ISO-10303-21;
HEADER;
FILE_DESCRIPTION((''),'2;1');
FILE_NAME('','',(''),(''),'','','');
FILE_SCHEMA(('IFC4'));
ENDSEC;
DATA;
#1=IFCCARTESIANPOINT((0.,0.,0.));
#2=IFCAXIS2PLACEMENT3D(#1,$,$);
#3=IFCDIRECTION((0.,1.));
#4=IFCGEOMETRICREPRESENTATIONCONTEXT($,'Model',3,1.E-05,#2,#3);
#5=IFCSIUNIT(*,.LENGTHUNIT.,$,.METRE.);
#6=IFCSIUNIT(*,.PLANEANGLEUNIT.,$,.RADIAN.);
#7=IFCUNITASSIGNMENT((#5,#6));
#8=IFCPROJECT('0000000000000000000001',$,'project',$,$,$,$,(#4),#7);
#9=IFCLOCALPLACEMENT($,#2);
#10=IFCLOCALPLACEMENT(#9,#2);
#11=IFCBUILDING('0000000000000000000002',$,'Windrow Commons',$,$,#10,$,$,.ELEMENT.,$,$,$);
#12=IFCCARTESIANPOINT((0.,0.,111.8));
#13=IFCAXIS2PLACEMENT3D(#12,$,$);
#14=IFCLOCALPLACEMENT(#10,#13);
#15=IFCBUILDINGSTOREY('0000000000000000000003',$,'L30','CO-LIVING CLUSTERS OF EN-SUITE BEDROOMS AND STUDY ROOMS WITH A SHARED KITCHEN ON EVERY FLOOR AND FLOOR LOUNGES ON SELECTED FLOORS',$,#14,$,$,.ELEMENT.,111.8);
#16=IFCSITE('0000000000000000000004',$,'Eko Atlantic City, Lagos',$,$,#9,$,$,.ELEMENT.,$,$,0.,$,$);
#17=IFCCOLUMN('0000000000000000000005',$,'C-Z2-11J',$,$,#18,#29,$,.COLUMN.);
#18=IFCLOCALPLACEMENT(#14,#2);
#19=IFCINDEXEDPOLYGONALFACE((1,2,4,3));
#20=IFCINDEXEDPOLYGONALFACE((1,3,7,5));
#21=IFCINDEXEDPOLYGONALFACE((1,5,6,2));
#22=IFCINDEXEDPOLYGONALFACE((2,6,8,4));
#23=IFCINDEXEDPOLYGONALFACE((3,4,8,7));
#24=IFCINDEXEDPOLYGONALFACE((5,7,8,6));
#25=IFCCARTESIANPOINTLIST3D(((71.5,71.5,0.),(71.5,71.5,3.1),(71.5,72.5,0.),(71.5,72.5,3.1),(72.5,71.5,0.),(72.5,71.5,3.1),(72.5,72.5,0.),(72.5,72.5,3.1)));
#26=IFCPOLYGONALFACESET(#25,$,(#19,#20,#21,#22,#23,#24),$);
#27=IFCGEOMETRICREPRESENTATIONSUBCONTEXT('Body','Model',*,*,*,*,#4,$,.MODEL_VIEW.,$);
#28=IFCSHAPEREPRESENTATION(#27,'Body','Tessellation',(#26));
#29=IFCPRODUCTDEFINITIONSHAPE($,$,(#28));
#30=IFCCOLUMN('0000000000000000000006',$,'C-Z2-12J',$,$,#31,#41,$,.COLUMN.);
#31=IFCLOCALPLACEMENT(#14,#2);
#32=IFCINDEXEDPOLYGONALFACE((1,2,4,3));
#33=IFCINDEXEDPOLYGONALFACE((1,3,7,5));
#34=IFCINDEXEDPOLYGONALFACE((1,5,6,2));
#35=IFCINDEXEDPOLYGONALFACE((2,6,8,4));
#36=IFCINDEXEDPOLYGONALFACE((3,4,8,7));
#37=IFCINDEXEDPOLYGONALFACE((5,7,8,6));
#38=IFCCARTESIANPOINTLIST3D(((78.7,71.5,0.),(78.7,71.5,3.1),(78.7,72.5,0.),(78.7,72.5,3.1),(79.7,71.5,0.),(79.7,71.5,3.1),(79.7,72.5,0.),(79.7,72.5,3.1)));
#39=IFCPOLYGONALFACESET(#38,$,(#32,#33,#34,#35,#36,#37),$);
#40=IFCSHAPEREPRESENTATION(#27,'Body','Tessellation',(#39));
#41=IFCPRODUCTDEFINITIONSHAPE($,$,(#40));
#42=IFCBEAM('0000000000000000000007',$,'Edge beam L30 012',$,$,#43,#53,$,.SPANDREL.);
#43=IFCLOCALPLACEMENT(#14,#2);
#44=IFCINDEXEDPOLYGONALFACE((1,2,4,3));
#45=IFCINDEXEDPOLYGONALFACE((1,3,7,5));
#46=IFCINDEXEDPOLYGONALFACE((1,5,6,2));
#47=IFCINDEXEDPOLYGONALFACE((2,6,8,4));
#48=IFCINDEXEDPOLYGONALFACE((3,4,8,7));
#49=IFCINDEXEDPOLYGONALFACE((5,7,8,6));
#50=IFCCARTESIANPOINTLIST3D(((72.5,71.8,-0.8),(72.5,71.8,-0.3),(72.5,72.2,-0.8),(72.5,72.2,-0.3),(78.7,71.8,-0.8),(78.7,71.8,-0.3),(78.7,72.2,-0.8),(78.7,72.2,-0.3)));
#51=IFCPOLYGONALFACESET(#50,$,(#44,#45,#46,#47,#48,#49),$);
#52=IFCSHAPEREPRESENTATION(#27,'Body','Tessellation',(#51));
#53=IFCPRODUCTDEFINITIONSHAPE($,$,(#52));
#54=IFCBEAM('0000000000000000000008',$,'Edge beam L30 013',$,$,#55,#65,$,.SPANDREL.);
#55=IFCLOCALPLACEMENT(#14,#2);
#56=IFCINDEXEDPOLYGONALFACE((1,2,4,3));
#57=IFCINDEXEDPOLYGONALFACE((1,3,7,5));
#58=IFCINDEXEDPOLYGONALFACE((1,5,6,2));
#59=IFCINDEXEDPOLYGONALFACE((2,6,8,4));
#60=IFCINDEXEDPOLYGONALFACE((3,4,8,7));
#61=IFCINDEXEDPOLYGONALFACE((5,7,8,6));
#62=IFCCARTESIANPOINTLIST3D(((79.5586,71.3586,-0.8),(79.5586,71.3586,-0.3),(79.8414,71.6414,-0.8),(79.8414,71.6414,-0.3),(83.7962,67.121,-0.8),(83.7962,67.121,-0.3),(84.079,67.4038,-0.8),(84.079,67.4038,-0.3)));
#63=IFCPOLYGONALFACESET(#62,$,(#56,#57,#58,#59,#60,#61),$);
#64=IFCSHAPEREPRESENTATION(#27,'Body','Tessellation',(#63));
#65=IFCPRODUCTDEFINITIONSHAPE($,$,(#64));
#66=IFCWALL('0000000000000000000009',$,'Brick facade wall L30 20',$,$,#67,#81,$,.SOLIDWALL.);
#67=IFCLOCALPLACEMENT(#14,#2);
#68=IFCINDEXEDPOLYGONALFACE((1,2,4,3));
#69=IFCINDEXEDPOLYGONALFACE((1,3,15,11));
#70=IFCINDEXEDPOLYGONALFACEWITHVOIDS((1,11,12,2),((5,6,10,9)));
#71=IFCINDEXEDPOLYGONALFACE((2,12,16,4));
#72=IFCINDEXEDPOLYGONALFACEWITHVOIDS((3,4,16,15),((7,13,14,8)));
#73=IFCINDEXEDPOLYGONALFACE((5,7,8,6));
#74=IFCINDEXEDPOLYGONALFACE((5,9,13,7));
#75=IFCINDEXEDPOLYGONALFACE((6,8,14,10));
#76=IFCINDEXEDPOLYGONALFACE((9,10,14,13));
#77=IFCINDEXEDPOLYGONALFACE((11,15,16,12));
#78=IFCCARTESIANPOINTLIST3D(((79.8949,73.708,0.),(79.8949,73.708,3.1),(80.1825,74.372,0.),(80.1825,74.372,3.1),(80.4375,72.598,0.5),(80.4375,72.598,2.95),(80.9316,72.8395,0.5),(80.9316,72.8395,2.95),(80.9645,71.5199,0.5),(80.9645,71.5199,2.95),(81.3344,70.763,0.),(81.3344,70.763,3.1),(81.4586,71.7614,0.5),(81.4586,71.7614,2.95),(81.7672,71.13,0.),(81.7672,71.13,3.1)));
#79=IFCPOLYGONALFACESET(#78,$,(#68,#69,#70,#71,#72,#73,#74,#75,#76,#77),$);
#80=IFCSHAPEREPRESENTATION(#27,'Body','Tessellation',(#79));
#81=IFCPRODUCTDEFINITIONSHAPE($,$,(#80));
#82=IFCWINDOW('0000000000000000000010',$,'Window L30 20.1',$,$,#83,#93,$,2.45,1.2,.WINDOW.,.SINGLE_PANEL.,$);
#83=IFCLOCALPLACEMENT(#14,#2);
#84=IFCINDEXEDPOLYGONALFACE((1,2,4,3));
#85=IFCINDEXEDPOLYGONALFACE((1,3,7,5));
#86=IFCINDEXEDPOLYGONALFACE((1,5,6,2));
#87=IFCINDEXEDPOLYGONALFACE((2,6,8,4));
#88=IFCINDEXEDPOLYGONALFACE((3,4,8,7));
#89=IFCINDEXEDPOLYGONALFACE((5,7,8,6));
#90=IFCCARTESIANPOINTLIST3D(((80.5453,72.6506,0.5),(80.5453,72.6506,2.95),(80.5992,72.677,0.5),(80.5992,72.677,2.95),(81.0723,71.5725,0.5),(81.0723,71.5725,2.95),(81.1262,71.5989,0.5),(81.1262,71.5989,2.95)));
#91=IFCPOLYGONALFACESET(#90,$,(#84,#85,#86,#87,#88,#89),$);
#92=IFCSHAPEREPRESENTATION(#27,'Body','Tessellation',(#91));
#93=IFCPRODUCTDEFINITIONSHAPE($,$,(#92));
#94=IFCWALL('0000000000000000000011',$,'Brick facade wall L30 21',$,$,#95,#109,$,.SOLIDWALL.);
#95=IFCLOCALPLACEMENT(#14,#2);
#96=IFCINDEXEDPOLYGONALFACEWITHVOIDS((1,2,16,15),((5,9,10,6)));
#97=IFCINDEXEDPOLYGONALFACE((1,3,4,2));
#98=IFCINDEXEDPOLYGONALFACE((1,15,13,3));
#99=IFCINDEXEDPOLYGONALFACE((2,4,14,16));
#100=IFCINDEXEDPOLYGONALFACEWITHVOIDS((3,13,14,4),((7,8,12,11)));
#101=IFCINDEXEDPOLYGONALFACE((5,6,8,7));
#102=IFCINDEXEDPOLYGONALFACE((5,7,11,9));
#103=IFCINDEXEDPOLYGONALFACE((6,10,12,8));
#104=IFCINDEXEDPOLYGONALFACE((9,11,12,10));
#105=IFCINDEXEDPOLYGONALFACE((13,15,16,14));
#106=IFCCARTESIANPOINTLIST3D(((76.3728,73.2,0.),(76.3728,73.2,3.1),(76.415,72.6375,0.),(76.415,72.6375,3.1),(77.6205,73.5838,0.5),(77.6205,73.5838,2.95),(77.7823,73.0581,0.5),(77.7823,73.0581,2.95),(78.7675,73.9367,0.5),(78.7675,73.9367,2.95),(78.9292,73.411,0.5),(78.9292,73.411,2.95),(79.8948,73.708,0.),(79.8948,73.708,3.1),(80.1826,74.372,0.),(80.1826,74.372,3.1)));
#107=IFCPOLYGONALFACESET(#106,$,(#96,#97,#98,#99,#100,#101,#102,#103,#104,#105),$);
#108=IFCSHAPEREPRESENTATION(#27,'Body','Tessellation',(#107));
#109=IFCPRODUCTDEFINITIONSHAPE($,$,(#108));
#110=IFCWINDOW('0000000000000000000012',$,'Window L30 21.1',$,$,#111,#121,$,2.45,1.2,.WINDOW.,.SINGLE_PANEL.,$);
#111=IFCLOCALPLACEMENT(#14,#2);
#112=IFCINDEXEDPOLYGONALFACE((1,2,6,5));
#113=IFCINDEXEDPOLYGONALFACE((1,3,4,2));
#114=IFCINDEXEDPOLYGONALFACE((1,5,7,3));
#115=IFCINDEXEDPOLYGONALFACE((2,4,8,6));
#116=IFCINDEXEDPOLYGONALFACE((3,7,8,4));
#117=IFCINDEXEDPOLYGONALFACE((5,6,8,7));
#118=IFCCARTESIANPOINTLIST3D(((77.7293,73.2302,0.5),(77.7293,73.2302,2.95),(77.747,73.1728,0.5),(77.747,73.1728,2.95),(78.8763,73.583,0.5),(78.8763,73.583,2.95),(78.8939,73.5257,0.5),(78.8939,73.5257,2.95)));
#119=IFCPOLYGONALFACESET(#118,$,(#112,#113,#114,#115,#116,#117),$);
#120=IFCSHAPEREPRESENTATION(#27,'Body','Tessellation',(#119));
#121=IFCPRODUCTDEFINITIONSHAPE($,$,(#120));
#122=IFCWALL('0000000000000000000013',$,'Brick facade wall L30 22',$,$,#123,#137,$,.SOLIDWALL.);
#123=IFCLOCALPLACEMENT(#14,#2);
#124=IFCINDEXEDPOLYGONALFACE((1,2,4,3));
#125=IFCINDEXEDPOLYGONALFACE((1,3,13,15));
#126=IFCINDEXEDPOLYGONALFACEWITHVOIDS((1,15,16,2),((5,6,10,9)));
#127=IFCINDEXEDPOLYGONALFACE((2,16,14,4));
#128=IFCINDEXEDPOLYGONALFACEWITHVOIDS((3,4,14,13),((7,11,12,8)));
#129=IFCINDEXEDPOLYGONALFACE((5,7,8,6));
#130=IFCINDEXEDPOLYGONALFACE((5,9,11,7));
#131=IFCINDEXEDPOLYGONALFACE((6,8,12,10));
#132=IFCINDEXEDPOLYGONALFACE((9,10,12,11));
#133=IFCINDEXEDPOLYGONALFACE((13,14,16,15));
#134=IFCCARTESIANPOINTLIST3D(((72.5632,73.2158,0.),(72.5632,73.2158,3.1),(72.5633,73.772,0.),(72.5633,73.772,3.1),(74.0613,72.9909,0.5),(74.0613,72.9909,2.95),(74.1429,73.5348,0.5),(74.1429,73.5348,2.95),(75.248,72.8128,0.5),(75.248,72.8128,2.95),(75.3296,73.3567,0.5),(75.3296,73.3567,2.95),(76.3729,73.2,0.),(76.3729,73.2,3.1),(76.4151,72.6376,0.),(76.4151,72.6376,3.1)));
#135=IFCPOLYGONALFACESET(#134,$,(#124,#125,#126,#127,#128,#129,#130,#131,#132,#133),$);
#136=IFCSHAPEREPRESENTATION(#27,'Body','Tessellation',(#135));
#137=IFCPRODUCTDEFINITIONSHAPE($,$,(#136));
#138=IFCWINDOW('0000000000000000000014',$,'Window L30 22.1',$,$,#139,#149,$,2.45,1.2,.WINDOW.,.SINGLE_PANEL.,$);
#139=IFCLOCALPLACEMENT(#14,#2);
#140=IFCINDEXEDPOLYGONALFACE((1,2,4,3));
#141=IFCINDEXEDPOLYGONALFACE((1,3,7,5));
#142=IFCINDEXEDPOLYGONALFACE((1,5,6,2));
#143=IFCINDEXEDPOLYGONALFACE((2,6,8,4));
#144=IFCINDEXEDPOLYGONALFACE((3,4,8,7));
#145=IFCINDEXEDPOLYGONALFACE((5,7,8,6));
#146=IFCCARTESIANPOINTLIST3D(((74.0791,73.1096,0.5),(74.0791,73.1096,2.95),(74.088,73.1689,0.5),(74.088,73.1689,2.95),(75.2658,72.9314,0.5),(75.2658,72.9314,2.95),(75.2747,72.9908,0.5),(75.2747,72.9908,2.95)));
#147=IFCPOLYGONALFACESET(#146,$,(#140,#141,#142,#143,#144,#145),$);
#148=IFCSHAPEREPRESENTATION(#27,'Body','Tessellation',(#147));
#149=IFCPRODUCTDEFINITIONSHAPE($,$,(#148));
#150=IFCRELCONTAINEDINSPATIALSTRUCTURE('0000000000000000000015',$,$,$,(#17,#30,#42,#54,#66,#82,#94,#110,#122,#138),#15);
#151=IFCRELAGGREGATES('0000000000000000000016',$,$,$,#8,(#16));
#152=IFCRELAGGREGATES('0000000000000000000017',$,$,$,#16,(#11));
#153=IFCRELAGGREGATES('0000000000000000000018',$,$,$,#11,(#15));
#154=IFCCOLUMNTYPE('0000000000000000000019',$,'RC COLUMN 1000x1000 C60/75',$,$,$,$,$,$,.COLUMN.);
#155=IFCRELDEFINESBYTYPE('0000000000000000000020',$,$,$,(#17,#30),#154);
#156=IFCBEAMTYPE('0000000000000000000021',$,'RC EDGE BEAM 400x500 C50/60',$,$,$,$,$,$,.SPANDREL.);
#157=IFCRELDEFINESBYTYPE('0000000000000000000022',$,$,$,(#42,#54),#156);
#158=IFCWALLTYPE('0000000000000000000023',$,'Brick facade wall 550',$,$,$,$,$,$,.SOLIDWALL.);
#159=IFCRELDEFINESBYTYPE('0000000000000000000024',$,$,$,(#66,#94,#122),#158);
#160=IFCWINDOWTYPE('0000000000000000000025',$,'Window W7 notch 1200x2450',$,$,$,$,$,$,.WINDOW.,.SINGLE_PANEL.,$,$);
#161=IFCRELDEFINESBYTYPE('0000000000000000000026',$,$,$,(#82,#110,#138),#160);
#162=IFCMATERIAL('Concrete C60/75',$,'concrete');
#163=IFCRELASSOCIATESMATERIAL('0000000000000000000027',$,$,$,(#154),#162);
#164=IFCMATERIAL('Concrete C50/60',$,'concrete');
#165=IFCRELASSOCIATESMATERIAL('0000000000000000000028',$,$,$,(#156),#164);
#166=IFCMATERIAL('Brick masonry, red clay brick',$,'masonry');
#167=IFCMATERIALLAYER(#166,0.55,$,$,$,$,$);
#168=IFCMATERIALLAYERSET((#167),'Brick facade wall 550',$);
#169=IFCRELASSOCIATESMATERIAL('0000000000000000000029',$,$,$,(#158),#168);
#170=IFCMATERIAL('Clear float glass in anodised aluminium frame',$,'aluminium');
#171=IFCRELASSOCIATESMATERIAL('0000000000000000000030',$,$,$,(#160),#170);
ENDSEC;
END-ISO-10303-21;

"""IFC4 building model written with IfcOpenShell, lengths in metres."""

from ifc_helpers import new_model, si_unit, direction, frame, frame_2d, origin, origin_2d, place, context, subcontext, project, spatial, polyline, rectangle, outline, extrude, material, layer, layer_set, material_profile, profile_set, type_object, element, fill, save


model = new_model("IFC4")

# Units and contexts
model_context = context("Model", 3, precision=1e-05, world=origin(), true_north=direction((0.0, 1.0)))
body_context = subcontext(model_context, "Body", "Model", "MODEL_VIEW")
ifc_project = project(units=[si_unit("LENGTHUNIT", "METRE"), si_unit("PLANEANGLEUNIT", "RADIAN")], contexts=[model_context])

# Site, building, storey
site_placement = place(None, origin())
site = spatial("IfcSite", under=ifc_project, at=site_placement, Name="Eko Atlantic City, Lagos", CompositionType="ELEMENT", RefElevation=0.0)
building_placement = place(site_placement, origin())
building = spatial("IfcBuilding", under=site, at=building_placement, Name="Windrow Commons", CompositionType="ELEMENT")
storey_placement = place(building_placement, frame((0.0, 0.0, 111.8)))
storey = spatial("IfcBuildingStorey", under=building, at=storey_placement, Name="L30", Description="CO-LIVING CLUSTERS OF EN-SUITE BEDROOMS AND STUDY ROOMS WITH A SHARED KITCHEN ON EVERY FLOOR AND FLOOR LOUNGES ON SELECTED FLOORS", CompositionType="ELEMENT", Elevation=111.8)

# Columns
ifc_material_1 = material(Name="Concrete C60/75", Category="concrete")
ifc_material_profile_1 = material_profile(ifc_material_1, rectangle(XDim=1.0, YDim=1.0, at=origin_2d()))
ifc_profile_set_1 = profile_set([ifc_material_profile_1], Name="Concrete C60/75")
column_type = type_object("IfcColumnType", Name="RC COLUMN 1000x1000 C60/75", PredefinedType="COLUMN", material=ifc_profile_set_1)
for number, where, z_axis, x_axis, name in (
    (1, (72.0, 72.0, 0.0), (0.0, 0.0, 1.0), (1.0, 0.0, 0.0), "C-Z2-11J"),
    (2, (79.2, 72.0, 0.0), (0.0, 0.0, 1.0), (1.0, 0.0, 0.0), "C-Z2-12J"),
):
    element("IfcColumn", number, at=place(storey_placement, frame(where, z_axis=z_axis, x_axis=x_axis)), inside=storey, type_object=column_type, Name=name, PredefinedType="COLUMN", context=body_context, shape_type="SweptSolid", body=[
        extrude(rectangle(XDim=1.0, YDim=1.0, at=origin_2d()), origin(), (0.0, 0.0, 1.0), 3.1),
    ])

# Beams
ifc_material_2 = material(Name="Concrete C50/60", Category="concrete")
ifc_material_profile_2 = material_profile(ifc_material_2, rectangle(XDim=0.4, YDim=0.5, at=origin_2d()))
ifc_profile_set_2 = profile_set([ifc_material_profile_2], Name="Concrete C50/60")
beam_type = type_object("IfcBeamType", Name="RC EDGE BEAM 400x500 C50/60", PredefinedType="SPANDREL", material=ifc_profile_set_2)
beam_1_placement = place(storey_placement, frame((72.5, 72.0, -0.55), z_axis=(1.0, 0.0, 0.0), x_axis=(0.0, 1.0, 0.0)))
element("IfcBeam", 3, at=beam_1_placement, inside=storey, type_object=beam_type, Name="Edge beam L30 012", PredefinedType="SPANDREL", context=body_context, shape_type="SweptSolid", body=[
    extrude(rectangle(XDim=0.4, YDim=0.5, at=origin_2d()), origin(), (0.0, 0.0, 1.0), 6.2),
])
beam_2_placement = place(storey_placement, frame((79.7, 71.5, -0.55), z_axis=(0.707107, -0.707107, 0.0), x_axis=(0.707107, 0.707107, 0.0)))
element("IfcBeam", 4, at=beam_2_placement, inside=storey, type_object=beam_type, Name="Edge beam L30 013", PredefinedType="SPANDREL", context=body_context, shape_type="SweptSolid", body=[
    extrude(rectangle(XDim=0.4, YDim=0.5, at=origin_2d()), origin(), (0.0, 0.0, 1.0), 5.9929),
])

# Walls, openings, windows
ifc_material_3 = material(Name="Brick masonry, red clay brick", Category="masonry")
ifc_layer_1 = layer(ifc_material_3, 0.55)
ifc_layer_set_1 = layer_set([ifc_layer_1], Name="Brick facade wall 550")
wall_type_1 = type_object("IfcWallType", Name="Brick facade wall 550", PredefinedType="SOLIDWALL", material=ifc_layer_set_1)
wall_1_placement = place(storey_placement, frame((81.5508, 70.9465, 0.0), z_axis=(0.0, 0.0, 1.0), x_axis=(-0.439145, 0.898416, 0.0)))
wall_1 = element("IfcWall", 5, at=wall_1_placement, inside=storey, type_object=wall_type_1, Name="Brick facade wall L30 20", PredefinedType="SOLIDWALL", context=body_context, shape_type="SweptSolid", body=[
    extrude(outline(polyline([(0.0698, -0.275), (3.6784, -0.275), (3.2082, 0.275), (-0.0698, 0.275), (0.0698, -0.275)])), origin(), (0.0, 0.0, 1.0), 3.1),
])
opening_1_placement = place(wall_1_placement, frame((0.7726, 0.0, 0.5)))
opening_1 = element("IfcOpeningElement", 6, at=opening_1_placement, cuts=wall_1, PredefinedType="OPENING", context=body_context, shape_type="SweptSolid", body=[
    extrude(rectangle(XDim=1.2, YDim=2.45, at=frame_2d((0.6, 1.225))), frame((0.0, 0.285, 0.0), z_axis=(0.0, -1.0, 0.0), x_axis=(1.0, 0.0, 0.0)), (0.0, 0.0, 1.0), 0.57),
])
ifc_material_4 = material(Name="Clear float glass in anodised aluminium frame", Category="aluminium")
window_type_1 = type_object("IfcWindowType", Name="Window W7 notch 1200x2450", PartitioningType="SINGLE_PANEL", PredefinedType="WINDOW", material=ifc_material_4)
window_1_placement = place(opening_1_placement, origin())
window_1 = element("IfcWindow", 7, at=window_1_placement, inside=storey, type_object=window_type_1, Name="Window L30 20.1", OverallHeight=2.45, OverallWidth=1.2, PartitioningType="SINGLE_PANEL", PredefinedType="WINDOW", context=body_context, shape_type="SweptSolid", body=[
    extrude(rectangle(XDim=1.2, YDim=2.45, at=frame_2d((0.6, 1.225))), frame((0.0, 0.155, 0.0), z_axis=(0.0, -1.0, 0.0), x_axis=(1.0, 0.0, 0.0)), (0.0, 0.0, 1.0), 0.06),
])
fill(opening_1, window_1)
wall_2_placement = place(storey_placement, frame((80.0387, 74.04, 0.0), z_axis=(0.0, 0.0, 1.0), x_axis=(-0.955797, -0.294027, 0.0)))
wall_2 = element("IfcWall", 8, at=wall_2_placement, inside=storey, type_object=wall_type_1, Name="Brick facade wall L30 21", PredefinedType="SOLIDWALL", context=body_context, shape_type="SweptSolid", body=[
    extrude(outline(polyline([(-0.2351, -0.275), (3.7508, -0.275), (3.8759, 0.275), (0.2351, 0.275), (-0.2351, -0.275)])), origin(), (0.0, 0.0, 1.0), 3.1),
])
opening_2_placement = place(wall_2_placement, frame((1.2454, 0.0, 0.5)))
opening_2 = element("IfcOpeningElement", 9, at=opening_2_placement, cuts=wall_2, PredefinedType="OPENING", context=body_context, shape_type="SweptSolid", body=[
    extrude(rectangle(XDim=1.2, YDim=2.45, at=frame_2d((0.6, 1.225))), frame((0.0, 0.285, 0.0), z_axis=(0.0, -1.0, 0.0), x_axis=(1.0, 0.0, 0.0)), (0.0, 0.0, 1.0), 0.57),
])
window_2_placement = place(opening_2_placement, origin())
window_2 = element("IfcWindow", 10, at=window_2_placement, inside=storey, type_object=window_type_1, Name="Window L30 21.1", OverallHeight=2.45, OverallWidth=1.2, PartitioningType="SINGLE_PANEL", PredefinedType="WINDOW", context=body_context, shape_type="SweptSolid", body=[
    extrude(rectangle(XDim=1.2, YDim=2.45, at=frame_2d((0.6, 1.225))), frame((0.0, 0.155, 0.0), z_axis=(0.0, -1.0, 0.0), x_axis=(1.0, 0.0, 0.0)), (0.0, 0.0, 1.0), 0.06),
])
fill(opening_2, window_2)
wall_3_placement = place(storey_placement, frame((76.394, 72.9188, 0.0), z_axis=(0.0, 0.0, 1.0), x_axis=(-0.988918, 0.148462, 0.0)))
wall_3 = element("IfcWall", 11, at=wall_3_placement, inside=storey, type_object=wall_type_1, Name="Brick facade wall L30 22", PredefinedType="SOLIDWALL", context=body_context, shape_type="SweptSolid", body=[
    extrude(outline(polyline([(0.0626, -0.275), (3.9149, -0.275), (3.8324, 0.275), (-0.0626, 0.275), (0.0626, -0.275)])), origin(), (0.0, 0.0, 1.0), 3.1),
])
opening_3_placement = place(wall_3_placement, frame((1.1176, 0.0, 0.5)))
opening_3 = element("IfcOpeningElement", 12, at=opening_3_placement, cuts=wall_3, PredefinedType="OPENING", context=body_context, shape_type="SweptSolid", body=[
    extrude(rectangle(XDim=1.2, YDim=2.45, at=frame_2d((0.6, 1.225))), frame((0.0, 0.285, 0.0), z_axis=(0.0, -1.0, 0.0), x_axis=(1.0, 0.0, 0.0)), (0.0, 0.0, 1.0), 0.57),
])
window_3_placement = place(opening_3_placement, origin())
window_3 = element("IfcWindow", 13, at=window_3_placement, inside=storey, type_object=window_type_1, Name="Window L30 22.1", OverallHeight=2.45, OverallWidth=1.2, PartitioningType="SINGLE_PANEL", PredefinedType="WINDOW", context=body_context, shape_type="SweptSolid", body=[
    extrude(rectangle(XDim=1.2, YDim=2.45, at=frame_2d((0.6, 1.225))), frame((0.0, 0.155, 0.0), z_axis=(0.0, -1.0, 0.0), x_axis=(1.0, 0.0, 0.0)), (0.0, 0.0, 1.0), 0.06),
])
fill(opening_3, window_3)

save(model, "model.ifc")
